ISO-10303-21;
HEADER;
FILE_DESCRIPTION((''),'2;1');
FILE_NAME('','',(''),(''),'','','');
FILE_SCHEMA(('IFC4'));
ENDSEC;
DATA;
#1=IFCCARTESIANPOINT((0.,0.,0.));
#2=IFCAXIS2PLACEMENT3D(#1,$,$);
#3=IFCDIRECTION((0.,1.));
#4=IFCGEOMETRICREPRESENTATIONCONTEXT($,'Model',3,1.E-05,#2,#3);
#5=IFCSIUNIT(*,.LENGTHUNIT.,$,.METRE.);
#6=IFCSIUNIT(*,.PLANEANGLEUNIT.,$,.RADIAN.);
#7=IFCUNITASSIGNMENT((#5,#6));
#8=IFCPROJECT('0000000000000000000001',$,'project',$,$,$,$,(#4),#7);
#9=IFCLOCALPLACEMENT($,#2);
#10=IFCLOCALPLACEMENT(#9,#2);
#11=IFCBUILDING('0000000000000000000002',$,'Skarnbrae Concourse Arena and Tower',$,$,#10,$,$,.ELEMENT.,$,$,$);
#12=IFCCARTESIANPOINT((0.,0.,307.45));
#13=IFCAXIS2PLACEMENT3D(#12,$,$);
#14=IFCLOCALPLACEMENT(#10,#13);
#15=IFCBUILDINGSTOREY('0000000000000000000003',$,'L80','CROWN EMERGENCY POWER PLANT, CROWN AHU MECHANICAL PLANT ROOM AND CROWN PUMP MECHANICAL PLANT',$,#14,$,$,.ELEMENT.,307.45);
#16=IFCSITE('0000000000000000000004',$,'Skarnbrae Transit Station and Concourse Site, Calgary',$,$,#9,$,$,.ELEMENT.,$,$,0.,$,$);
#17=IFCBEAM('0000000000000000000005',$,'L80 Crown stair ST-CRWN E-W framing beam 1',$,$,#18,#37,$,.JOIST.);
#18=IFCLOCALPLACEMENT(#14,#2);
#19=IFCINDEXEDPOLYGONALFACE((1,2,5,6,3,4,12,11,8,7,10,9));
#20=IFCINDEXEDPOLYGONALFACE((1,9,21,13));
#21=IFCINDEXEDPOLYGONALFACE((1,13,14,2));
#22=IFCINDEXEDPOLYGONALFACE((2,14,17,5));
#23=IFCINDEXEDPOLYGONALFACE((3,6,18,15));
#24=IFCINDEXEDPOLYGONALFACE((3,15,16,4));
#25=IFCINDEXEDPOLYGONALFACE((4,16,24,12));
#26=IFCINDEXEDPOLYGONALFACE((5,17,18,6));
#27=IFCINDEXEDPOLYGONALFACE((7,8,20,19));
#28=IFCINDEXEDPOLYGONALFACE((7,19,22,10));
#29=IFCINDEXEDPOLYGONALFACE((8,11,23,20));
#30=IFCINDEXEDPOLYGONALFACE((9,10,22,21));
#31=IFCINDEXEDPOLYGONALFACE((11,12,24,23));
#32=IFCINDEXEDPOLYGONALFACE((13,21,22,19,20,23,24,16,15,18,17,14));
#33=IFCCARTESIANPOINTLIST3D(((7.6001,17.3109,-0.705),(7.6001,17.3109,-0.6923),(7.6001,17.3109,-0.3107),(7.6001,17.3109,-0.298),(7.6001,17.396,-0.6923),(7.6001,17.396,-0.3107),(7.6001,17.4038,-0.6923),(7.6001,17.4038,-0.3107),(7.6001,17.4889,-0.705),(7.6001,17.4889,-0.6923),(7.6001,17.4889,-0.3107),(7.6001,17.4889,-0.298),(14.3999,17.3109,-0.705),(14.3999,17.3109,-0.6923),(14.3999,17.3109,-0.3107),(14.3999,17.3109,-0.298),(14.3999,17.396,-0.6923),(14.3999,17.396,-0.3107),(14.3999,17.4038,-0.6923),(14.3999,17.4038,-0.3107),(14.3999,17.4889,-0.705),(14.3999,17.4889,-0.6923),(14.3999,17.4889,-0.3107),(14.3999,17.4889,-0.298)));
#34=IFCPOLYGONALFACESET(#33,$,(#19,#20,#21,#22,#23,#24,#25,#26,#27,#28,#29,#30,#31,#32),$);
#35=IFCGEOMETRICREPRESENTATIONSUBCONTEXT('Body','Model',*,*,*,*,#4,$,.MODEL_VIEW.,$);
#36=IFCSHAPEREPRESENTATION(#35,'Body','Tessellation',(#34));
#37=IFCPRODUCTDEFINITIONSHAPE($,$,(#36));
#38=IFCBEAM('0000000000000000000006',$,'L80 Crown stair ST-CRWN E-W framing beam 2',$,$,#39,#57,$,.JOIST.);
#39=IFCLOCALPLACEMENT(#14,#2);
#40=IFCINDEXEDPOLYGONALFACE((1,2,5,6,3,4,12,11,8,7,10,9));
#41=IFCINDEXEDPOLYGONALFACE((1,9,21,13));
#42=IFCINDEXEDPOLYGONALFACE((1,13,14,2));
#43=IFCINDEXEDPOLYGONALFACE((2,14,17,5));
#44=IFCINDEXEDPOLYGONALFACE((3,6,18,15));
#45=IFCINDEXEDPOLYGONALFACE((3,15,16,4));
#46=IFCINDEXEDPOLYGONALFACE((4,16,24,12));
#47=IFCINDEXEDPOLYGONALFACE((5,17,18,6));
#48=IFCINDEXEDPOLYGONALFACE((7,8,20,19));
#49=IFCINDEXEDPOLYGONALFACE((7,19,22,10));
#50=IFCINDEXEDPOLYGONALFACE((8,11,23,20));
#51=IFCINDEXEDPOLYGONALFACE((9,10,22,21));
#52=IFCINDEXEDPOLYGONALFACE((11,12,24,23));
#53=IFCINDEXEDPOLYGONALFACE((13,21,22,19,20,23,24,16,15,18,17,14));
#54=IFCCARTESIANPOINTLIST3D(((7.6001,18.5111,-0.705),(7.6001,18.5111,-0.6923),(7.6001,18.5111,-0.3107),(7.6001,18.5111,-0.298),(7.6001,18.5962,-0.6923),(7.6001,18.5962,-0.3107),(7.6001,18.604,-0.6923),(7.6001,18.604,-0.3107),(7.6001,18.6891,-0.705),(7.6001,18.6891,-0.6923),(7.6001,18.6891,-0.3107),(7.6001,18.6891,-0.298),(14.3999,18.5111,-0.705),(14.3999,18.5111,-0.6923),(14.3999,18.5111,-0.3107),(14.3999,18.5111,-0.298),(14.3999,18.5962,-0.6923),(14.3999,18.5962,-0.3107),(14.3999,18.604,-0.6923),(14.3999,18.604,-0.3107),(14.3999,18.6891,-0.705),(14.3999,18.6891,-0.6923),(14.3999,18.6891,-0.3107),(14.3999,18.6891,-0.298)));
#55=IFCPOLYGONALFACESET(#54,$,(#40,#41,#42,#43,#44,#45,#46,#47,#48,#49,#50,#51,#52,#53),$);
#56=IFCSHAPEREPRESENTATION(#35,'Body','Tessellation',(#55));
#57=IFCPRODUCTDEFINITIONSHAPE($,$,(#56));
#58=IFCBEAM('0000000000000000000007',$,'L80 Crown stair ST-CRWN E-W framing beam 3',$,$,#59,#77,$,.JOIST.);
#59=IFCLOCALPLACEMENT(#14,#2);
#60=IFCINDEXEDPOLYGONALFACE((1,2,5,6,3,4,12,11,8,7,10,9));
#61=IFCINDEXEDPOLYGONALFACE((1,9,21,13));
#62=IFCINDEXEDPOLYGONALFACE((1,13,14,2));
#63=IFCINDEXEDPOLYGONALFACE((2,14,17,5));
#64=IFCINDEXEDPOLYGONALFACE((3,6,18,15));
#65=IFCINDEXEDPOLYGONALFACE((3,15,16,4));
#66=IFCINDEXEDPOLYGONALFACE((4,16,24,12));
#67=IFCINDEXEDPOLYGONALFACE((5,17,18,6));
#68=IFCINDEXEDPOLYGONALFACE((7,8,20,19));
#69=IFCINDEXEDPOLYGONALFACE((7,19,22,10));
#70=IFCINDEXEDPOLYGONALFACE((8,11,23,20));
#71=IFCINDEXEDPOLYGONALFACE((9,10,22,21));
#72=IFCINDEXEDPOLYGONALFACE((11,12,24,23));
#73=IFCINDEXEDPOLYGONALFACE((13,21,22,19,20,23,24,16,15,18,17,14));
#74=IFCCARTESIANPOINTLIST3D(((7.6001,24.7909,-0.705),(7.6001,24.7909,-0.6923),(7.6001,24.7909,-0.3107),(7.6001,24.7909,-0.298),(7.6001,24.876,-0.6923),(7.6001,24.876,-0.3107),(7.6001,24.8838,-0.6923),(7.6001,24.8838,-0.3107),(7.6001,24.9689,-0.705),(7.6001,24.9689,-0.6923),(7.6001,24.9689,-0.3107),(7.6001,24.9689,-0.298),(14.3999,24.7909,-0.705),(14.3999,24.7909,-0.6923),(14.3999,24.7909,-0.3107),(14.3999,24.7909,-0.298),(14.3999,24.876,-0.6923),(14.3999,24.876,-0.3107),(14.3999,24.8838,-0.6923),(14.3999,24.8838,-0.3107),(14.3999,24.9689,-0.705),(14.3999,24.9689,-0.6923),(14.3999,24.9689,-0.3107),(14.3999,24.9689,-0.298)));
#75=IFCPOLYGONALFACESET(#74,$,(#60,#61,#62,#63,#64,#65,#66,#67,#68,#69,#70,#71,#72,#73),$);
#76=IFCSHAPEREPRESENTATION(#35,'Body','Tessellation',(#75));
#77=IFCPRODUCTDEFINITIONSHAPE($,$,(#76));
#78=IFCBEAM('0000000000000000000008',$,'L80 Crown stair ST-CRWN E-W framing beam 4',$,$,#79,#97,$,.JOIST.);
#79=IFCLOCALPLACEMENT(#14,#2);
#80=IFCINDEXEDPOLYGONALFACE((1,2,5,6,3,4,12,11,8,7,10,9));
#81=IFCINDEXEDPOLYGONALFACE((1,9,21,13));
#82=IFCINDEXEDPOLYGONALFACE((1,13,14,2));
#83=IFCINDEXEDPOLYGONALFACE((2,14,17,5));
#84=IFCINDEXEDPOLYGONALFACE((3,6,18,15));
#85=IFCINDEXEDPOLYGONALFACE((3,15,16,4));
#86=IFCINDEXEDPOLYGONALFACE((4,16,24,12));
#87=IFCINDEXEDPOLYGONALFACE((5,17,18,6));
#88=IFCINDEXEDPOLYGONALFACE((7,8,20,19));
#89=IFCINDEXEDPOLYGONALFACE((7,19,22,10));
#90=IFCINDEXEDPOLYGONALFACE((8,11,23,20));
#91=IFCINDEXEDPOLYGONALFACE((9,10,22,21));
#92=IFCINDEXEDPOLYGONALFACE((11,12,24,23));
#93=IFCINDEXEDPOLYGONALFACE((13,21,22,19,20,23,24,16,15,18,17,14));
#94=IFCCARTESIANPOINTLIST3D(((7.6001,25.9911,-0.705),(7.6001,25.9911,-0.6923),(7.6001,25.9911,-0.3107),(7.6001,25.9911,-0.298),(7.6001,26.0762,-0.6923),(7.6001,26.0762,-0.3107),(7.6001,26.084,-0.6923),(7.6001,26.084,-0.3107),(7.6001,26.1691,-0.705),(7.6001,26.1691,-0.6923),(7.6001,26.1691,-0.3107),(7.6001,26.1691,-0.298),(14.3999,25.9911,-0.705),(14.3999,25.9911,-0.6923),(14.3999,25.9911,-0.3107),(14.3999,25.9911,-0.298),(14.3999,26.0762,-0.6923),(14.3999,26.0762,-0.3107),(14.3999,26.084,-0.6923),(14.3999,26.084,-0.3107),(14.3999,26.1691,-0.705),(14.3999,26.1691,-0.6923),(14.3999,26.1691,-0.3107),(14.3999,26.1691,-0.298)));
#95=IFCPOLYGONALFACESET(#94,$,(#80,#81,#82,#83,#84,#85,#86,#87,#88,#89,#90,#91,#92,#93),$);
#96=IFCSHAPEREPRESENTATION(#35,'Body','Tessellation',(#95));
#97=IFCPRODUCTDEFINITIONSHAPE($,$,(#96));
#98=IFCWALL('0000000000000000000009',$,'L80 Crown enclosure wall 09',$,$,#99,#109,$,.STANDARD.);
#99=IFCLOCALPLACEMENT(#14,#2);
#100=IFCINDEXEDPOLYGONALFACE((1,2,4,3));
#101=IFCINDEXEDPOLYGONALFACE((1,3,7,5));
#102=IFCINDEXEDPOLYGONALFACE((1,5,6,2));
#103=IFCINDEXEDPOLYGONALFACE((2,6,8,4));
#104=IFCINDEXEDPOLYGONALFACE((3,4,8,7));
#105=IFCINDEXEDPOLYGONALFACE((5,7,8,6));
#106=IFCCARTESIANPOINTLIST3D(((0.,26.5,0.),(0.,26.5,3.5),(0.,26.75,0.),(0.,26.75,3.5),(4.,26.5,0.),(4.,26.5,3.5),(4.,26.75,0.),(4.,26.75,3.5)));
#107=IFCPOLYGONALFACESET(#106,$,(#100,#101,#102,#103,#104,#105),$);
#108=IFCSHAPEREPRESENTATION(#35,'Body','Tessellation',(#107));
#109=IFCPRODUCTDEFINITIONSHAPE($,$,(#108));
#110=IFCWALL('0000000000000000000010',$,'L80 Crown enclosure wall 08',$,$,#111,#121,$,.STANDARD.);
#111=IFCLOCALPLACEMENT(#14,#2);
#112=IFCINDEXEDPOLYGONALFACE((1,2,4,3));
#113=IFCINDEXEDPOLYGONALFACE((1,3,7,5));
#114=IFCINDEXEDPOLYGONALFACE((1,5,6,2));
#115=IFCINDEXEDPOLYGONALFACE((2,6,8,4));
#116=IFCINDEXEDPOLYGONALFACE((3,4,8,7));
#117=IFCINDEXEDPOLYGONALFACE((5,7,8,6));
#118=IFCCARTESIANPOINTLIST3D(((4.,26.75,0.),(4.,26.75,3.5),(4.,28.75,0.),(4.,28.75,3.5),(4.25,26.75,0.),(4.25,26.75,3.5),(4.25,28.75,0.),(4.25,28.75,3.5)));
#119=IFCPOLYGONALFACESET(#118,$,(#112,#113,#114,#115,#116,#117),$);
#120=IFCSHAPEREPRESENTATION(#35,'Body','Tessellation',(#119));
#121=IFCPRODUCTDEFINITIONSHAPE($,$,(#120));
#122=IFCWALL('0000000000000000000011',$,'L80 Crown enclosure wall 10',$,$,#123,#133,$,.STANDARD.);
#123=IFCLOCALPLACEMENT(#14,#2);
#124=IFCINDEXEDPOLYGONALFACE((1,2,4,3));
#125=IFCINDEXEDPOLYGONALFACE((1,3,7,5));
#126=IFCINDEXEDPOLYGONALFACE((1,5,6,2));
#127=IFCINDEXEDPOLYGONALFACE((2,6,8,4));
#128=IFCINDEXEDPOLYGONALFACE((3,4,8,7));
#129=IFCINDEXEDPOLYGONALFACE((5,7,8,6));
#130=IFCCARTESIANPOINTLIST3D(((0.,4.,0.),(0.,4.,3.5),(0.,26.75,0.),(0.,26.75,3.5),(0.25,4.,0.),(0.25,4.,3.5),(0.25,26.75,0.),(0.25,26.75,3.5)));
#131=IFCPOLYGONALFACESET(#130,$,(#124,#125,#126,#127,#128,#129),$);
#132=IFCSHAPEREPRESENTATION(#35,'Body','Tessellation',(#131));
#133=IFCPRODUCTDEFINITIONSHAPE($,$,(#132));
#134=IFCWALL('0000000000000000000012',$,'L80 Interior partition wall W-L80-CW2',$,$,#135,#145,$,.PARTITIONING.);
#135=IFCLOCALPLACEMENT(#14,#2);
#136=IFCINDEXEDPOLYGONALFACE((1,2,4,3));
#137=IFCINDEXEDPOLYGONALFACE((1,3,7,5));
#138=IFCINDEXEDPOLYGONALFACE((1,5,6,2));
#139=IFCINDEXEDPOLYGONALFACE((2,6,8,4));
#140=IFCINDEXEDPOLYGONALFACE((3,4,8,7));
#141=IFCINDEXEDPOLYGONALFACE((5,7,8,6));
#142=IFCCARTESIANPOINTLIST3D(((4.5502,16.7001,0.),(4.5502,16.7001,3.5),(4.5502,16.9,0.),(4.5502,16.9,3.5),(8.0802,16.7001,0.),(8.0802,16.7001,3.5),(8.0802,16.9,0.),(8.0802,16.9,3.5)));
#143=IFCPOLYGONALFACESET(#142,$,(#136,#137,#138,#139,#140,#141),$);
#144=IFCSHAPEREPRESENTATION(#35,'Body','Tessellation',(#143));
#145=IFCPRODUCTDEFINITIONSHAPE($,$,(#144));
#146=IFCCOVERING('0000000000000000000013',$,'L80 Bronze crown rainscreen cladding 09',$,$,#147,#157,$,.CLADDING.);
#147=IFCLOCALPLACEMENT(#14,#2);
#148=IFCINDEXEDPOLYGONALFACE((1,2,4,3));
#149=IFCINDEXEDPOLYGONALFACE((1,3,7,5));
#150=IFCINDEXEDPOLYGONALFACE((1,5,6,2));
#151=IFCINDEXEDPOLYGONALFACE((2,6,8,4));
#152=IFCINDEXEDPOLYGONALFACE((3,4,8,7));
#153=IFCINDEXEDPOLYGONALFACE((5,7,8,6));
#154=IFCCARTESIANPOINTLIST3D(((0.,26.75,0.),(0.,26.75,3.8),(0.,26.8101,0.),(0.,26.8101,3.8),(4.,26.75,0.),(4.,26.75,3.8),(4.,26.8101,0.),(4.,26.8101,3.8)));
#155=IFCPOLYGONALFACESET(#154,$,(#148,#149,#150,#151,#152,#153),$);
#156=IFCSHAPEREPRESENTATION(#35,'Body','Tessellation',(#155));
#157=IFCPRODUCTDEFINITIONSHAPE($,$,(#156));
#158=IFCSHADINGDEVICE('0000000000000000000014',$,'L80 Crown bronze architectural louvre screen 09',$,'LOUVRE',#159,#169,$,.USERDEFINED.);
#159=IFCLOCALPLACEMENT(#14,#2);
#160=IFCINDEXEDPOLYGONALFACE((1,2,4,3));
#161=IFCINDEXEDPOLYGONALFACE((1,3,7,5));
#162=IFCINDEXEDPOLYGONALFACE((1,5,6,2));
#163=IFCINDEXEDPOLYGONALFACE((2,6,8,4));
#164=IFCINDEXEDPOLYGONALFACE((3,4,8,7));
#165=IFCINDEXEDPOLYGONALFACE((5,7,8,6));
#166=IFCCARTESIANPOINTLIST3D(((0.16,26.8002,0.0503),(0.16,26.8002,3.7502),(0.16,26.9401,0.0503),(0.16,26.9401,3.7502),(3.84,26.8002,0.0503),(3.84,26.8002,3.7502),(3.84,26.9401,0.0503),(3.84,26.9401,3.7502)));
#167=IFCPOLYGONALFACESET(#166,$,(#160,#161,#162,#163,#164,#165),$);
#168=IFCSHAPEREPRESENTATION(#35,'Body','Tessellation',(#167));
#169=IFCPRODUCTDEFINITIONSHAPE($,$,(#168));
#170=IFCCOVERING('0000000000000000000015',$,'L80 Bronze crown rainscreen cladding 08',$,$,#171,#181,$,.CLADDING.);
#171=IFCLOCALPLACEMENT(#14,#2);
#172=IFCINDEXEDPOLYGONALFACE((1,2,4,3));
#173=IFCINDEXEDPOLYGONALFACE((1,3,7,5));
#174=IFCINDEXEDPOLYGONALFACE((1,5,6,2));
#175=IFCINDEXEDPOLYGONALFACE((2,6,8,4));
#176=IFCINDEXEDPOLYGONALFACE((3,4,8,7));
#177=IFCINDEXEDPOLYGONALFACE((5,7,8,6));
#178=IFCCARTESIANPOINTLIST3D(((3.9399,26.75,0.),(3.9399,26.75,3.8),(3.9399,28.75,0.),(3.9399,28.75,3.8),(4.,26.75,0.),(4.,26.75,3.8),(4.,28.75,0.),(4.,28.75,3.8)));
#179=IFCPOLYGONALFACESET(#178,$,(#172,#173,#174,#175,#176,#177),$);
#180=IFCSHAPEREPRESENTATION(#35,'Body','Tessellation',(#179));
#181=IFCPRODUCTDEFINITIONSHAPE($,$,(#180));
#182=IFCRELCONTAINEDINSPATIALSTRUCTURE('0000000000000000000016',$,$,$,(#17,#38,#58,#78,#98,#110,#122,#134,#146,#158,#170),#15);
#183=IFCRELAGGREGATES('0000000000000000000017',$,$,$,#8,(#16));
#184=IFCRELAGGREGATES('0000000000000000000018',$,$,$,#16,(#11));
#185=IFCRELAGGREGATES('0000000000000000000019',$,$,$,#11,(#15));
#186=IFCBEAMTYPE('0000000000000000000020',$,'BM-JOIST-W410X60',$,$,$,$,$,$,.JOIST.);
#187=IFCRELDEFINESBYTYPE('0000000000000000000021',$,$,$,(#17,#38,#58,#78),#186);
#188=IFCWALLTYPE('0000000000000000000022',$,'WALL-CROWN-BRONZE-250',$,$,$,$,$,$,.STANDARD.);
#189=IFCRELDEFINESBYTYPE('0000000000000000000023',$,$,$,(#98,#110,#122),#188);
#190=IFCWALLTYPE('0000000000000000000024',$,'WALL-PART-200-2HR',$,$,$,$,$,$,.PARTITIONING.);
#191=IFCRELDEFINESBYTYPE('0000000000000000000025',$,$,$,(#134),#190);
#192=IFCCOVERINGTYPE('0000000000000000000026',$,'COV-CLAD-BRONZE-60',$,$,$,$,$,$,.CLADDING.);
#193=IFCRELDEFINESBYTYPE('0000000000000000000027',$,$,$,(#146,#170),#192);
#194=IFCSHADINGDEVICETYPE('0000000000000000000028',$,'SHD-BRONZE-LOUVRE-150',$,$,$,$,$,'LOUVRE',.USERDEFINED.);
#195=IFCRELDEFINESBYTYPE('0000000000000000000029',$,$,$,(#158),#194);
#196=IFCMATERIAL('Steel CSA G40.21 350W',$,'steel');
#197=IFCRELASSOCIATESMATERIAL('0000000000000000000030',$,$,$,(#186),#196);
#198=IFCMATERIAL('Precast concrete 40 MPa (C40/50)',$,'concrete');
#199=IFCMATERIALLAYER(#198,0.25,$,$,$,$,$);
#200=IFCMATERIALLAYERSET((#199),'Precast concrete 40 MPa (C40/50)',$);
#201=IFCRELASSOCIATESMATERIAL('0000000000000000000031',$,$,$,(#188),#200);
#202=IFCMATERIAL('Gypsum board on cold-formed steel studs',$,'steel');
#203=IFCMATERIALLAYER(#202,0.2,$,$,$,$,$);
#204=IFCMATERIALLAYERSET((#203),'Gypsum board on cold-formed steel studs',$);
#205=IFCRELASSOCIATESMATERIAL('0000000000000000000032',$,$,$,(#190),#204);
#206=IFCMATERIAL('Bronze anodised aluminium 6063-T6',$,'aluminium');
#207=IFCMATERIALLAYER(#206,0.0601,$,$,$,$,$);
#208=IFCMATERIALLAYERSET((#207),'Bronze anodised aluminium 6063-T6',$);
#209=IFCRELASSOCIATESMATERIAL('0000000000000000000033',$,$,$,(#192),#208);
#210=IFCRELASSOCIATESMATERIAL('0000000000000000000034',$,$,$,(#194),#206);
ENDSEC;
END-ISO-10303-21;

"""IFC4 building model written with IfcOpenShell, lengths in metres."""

from ifc_helpers import new_model, si_unit, direction, frame, frame_2d, origin, origin_2d, place, context, subcontext, project, spatial, rectangle, i_section, extrude, source, transform, mapped, material, layer, layer_set, material_profile, profile_set, type_object, element, save


model = new_model("IFC4")

# Units and contexts
model_context = context("Model", 3, precision=1e-05, world=origin(), true_north=direction((0.0, 1.0)))
body_context = subcontext(model_context, "Body", "Model", "MODEL_VIEW")
ifc_project = project(units=[si_unit("LENGTHUNIT", "METRE"), si_unit("PLANEANGLEUNIT", "RADIAN")], contexts=[model_context])

# Site, building, storey
site_placement = place(None, origin())
site = spatial("IfcSite", under=ifc_project, at=site_placement, Name="Skarnbrae Transit Station and Concourse Site, Calgary", CompositionType="ELEMENT", RefElevation=0.0)
building_placement = place(site_placement, origin())
building = spatial("IfcBuilding", under=site, at=building_placement, Name="Skarnbrae Concourse Arena and Tower", CompositionType="ELEMENT")
storey_placement = place(building_placement, frame((0.0, 0.0, 307.45)))
storey = spatial("IfcBuildingStorey", under=building, at=storey_placement, Name="L80", Description="CROWN EMERGENCY POWER PLANT, CROWN AHU MECHANICAL PLANT ROOM AND CROWN PUMP MECHANICAL PLANT", CompositionType="ELEMENT", Elevation=307.45)

# Shared definitions
ifc_material_1 = material(Name="Steel CSA G40.21 350W", Category="steel")

# Beams
ifc_material_profile_1 = material_profile(ifc_material_1, i_section(OverallWidth=0.178, OverallDepth=0.407, WebThickness=0.0078, FlangeThickness=0.0127, at=origin_2d()), Name="W410X60")
ifc_profile_set_1 = profile_set([ifc_material_profile_1], Name="Steel CSA G40.21 350W")
beam_type_1 = type_object("IfcBeamType", Name="BM-JOIST-W410X60", PredefinedType="JOIST", material=ifc_profile_set_1)
shared_shape_1 = source(origin(), body_context, "Body", "SweptSolid", [
    extrude(i_section(OverallWidth=0.178, OverallDepth=0.407, WebThickness=0.0078, FlangeThickness=0.0127, at=origin_2d()), origin(), (0.0, 0.0, 1.0), 6.7998),
])
for number, where, z_axis, x_axis, name in (
    (1, (7.6001, 17.3999, -0.5015), (1.0, 0.0, 0.0), (0.0, 1.0, 0.0), "L80 Crown stair ST-CRWN E-W framing beam 1"),
    (2, (7.6001, 18.6001, -0.5015), (1.0, 0.0, 0.0), (0.0, 1.0, 0.0), "L80 Crown stair ST-CRWN E-W framing beam 2"),
    (3, (7.6001, 24.8799, -0.5015), (1.0, 0.0, 0.0), (0.0, 1.0, 0.0), "L80 Crown stair ST-CRWN E-W framing beam 3"),
    (4, (7.6001, 26.0801, -0.5015), (1.0, 0.0, 0.0), (0.0, 1.0, 0.0), "L80 Crown stair ST-CRWN E-W framing beam 4"),
):
    element("IfcBeam", number, at=place(storey_placement, frame(where, z_axis=z_axis, x_axis=x_axis)), inside=storey, type_object=beam_type_1, Name=name, PredefinedType="JOIST", context=body_context, shape_type="MappedRepresentation", body=[
        mapped(shared_shape_1, transform((0.0, 0.0, 0.0))),
    ])

# Walls
ifc_material_2 = material(Name="Precast concrete 40 MPa (C40/50)", Category="concrete")
ifc_layer_1 = layer(ifc_material_2, 0.25)
ifc_layer_set_1 = layer_set([ifc_layer_1], Name="Precast concrete 40 MPa (C40/50)")
wall_type_1 = type_object("IfcWallType", Name="WALL-CROWN-BRONZE-250", PredefinedType="STANDARD", material=ifc_layer_set_1)
shared_shape_2 = source(origin(), body_context, "Body", "SweptSolid", [
    extrude(rectangle(XDim=4.0, YDim=0.25, at=frame_2d((2.0, 0.0))), origin(), (0.0, 0.0, 1.0), 3.5),
])
wall_1_placement = place(storey_placement, frame((4.0, 26.625, 0.0), z_axis=(0.0, 0.0, 1.0), x_axis=(-1.0, 0.0, 0.0)))
element("IfcWall", 5, at=wall_1_placement, inside=storey, type_object=wall_type_1, Name="L80 Crown enclosure wall 09", PredefinedType="STANDARD", context=body_context, shape_type="MappedRepresentation", body=[
    mapped(shared_shape_2, transform((0.0, 0.0, 0.0))),
])
shared_shape_3 = source(origin(), body_context, "Body", "SweptSolid", [
    extrude(rectangle(XDim=2.0, YDim=0.25, at=frame_2d((1.0, 0.0))), origin(), (0.0, 0.0, 1.0), 3.5),
])
wall_2_placement = place(storey_placement, frame((4.125, 28.75, 0.0), z_axis=(0.0, 0.0, 1.0), x_axis=(0.0, -1.0, 0.0)))
element("IfcWall", 6, at=wall_2_placement, inside=storey, type_object=wall_type_1, Name="L80 Crown enclosure wall 08", PredefinedType="STANDARD", context=body_context, shape_type="MappedRepresentation", body=[
    mapped(shared_shape_3, transform((0.0, 0.0, 0.0))),
])
shared_shape_4 = source(origin(), body_context, "Body", "SweptSolid", [
    extrude(rectangle(XDim=22.75, YDim=0.25, at=frame_2d((11.375, 0.0))), origin(), (0.0, 0.0, 1.0), 3.5),
])
wall_3_placement = place(storey_placement, frame((0.125, 26.75, 0.0), z_axis=(0.0, 0.0, 1.0), x_axis=(0.0, -1.0, 0.0)))
element("IfcWall", 7, at=wall_3_placement, inside=storey, type_object=wall_type_1, Name="L80 Crown enclosure wall 10", PredefinedType="STANDARD", context=body_context, shape_type="MappedRepresentation", body=[
    mapped(shared_shape_4, transform((0.0, 0.0, 0.0))),
])
ifc_material_3 = material(Name="Gypsum board on cold-formed steel studs", Category="steel")
ifc_layer_2 = layer(ifc_material_3, 0.2)
ifc_layer_set_2 = layer_set([ifc_layer_2], Name="Gypsum board on cold-formed steel studs")
wall_type_2 = type_object("IfcWallType", Name="WALL-PART-200-2HR", PredefinedType="PARTITIONING", material=ifc_layer_set_2)
shared_shape_5 = source(origin(), body_context, "Body", "SweptSolid", [
    extrude(rectangle(XDim=3.53, YDim=0.2, at=frame_2d((1.7651, 0.0))), origin(), (0.0, 0.0, 1.0), 3.5),
])
wall_4_placement = place(storey_placement, frame((4.55, 16.8, 0.0), z_axis=(0.0, 0.0, 1.0), x_axis=(1.0, 0.0, 0.0)))
element("IfcWall", 8, at=wall_4_placement, inside=storey, type_object=wall_type_2, Name="L80 Interior partition wall W-L80-CW2", PredefinedType="PARTITIONING", context=body_context, shape_type="MappedRepresentation", body=[
    mapped(shared_shape_5, transform((0.0, 0.0, 0.0))),
])

# Covering
ifc_material_4 = material(Name="Bronze anodised aluminium 6063-T6", Category="aluminium")
ifc_layer_3 = layer(ifc_material_4, 0.0601)
ifc_layer_set_3 = layer_set([ifc_layer_3], Name="Bronze anodised aluminium 6063-T6")
covering_type = type_object("IfcCoveringType", Name="COV-CLAD-BRONZE-60", PredefinedType="CLADDING", material=ifc_layer_set_3)
shared_shape_6 = source(origin(), body_context, "Body", "SweptSolid", [
    extrude(rectangle(XDim=4.0, YDim=0.0601, at=origin_2d()), origin(), (0.0, 0.0, 1.0), 3.8),
])
covering_1_placement = place(storey_placement, frame((2.0, 26.78, 0.0), z_axis=(0.0, 0.0, 1.0), x_axis=(-1.0, 0.0, 0.0)))
element("IfcCovering", 9, at=covering_1_placement, inside=storey, type_object=covering_type, Name="L80 Bronze crown rainscreen cladding 09", PredefinedType="CLADDING", context=body_context, shape_type="MappedRepresentation", body=[
    mapped(shared_shape_6, transform((0.0, 0.0, 0.0))),
])

# Shading device
shading_device_type = type_object("IfcShadingDeviceType", Name="SHD-BRONZE-LOUVRE-150", ElementType="LOUVRE", PredefinedType="USERDEFINED", material=ifc_material_4)
shared_shape_7 = source(origin(), body_context, "Body", "SweptSolid", [
    extrude(rectangle(XDim=3.6799, YDim=0.1399, at=origin_2d()), origin(), (0.0, 0.0, 1.0), 3.7),
])
shading_device_1_placement = place(storey_placement, frame((2.0, 26.8701, 0.0503), z_axis=(0.0, 0.0, 1.0), x_axis=(-1.0, 0.0, 0.0)))
element("IfcShadingDevice", 10, at=shading_device_1_placement, inside=storey, type_object=shading_device_type, Name="L80 Crown bronze architectural louvre screen 09", ObjectType="LOUVRE", PredefinedType="USERDEFINED", context=body_context, shape_type="MappedRepresentation", body=[
    mapped(shared_shape_7, transform((0.0, 0.0, 0.0))),
])

# Covering
shared_shape_8 = source(origin(), body_context, "Body", "SweptSolid", [
    extrude(rectangle(XDim=2.0, YDim=0.0601, at=origin_2d()), origin(), (0.0, 0.0, 1.0), 3.8),
])
covering_2_placement = place(storey_placement, frame((3.97, 27.75, 0.0), z_axis=(0.0, 0.0, 1.0), x_axis=(0.0, -1.0, 0.0)))
element("IfcCovering", 11, at=covering_2_placement, inside=storey, type_object=covering_type, Name="L80 Bronze crown rainscreen cladding 08", PredefinedType="CLADDING", context=body_context, shape_type="MappedRepresentation", body=[
    mapped(shared_shape_8, transform((0.0, 0.0, 0.0))),
])

save(model, "model.ifc")
